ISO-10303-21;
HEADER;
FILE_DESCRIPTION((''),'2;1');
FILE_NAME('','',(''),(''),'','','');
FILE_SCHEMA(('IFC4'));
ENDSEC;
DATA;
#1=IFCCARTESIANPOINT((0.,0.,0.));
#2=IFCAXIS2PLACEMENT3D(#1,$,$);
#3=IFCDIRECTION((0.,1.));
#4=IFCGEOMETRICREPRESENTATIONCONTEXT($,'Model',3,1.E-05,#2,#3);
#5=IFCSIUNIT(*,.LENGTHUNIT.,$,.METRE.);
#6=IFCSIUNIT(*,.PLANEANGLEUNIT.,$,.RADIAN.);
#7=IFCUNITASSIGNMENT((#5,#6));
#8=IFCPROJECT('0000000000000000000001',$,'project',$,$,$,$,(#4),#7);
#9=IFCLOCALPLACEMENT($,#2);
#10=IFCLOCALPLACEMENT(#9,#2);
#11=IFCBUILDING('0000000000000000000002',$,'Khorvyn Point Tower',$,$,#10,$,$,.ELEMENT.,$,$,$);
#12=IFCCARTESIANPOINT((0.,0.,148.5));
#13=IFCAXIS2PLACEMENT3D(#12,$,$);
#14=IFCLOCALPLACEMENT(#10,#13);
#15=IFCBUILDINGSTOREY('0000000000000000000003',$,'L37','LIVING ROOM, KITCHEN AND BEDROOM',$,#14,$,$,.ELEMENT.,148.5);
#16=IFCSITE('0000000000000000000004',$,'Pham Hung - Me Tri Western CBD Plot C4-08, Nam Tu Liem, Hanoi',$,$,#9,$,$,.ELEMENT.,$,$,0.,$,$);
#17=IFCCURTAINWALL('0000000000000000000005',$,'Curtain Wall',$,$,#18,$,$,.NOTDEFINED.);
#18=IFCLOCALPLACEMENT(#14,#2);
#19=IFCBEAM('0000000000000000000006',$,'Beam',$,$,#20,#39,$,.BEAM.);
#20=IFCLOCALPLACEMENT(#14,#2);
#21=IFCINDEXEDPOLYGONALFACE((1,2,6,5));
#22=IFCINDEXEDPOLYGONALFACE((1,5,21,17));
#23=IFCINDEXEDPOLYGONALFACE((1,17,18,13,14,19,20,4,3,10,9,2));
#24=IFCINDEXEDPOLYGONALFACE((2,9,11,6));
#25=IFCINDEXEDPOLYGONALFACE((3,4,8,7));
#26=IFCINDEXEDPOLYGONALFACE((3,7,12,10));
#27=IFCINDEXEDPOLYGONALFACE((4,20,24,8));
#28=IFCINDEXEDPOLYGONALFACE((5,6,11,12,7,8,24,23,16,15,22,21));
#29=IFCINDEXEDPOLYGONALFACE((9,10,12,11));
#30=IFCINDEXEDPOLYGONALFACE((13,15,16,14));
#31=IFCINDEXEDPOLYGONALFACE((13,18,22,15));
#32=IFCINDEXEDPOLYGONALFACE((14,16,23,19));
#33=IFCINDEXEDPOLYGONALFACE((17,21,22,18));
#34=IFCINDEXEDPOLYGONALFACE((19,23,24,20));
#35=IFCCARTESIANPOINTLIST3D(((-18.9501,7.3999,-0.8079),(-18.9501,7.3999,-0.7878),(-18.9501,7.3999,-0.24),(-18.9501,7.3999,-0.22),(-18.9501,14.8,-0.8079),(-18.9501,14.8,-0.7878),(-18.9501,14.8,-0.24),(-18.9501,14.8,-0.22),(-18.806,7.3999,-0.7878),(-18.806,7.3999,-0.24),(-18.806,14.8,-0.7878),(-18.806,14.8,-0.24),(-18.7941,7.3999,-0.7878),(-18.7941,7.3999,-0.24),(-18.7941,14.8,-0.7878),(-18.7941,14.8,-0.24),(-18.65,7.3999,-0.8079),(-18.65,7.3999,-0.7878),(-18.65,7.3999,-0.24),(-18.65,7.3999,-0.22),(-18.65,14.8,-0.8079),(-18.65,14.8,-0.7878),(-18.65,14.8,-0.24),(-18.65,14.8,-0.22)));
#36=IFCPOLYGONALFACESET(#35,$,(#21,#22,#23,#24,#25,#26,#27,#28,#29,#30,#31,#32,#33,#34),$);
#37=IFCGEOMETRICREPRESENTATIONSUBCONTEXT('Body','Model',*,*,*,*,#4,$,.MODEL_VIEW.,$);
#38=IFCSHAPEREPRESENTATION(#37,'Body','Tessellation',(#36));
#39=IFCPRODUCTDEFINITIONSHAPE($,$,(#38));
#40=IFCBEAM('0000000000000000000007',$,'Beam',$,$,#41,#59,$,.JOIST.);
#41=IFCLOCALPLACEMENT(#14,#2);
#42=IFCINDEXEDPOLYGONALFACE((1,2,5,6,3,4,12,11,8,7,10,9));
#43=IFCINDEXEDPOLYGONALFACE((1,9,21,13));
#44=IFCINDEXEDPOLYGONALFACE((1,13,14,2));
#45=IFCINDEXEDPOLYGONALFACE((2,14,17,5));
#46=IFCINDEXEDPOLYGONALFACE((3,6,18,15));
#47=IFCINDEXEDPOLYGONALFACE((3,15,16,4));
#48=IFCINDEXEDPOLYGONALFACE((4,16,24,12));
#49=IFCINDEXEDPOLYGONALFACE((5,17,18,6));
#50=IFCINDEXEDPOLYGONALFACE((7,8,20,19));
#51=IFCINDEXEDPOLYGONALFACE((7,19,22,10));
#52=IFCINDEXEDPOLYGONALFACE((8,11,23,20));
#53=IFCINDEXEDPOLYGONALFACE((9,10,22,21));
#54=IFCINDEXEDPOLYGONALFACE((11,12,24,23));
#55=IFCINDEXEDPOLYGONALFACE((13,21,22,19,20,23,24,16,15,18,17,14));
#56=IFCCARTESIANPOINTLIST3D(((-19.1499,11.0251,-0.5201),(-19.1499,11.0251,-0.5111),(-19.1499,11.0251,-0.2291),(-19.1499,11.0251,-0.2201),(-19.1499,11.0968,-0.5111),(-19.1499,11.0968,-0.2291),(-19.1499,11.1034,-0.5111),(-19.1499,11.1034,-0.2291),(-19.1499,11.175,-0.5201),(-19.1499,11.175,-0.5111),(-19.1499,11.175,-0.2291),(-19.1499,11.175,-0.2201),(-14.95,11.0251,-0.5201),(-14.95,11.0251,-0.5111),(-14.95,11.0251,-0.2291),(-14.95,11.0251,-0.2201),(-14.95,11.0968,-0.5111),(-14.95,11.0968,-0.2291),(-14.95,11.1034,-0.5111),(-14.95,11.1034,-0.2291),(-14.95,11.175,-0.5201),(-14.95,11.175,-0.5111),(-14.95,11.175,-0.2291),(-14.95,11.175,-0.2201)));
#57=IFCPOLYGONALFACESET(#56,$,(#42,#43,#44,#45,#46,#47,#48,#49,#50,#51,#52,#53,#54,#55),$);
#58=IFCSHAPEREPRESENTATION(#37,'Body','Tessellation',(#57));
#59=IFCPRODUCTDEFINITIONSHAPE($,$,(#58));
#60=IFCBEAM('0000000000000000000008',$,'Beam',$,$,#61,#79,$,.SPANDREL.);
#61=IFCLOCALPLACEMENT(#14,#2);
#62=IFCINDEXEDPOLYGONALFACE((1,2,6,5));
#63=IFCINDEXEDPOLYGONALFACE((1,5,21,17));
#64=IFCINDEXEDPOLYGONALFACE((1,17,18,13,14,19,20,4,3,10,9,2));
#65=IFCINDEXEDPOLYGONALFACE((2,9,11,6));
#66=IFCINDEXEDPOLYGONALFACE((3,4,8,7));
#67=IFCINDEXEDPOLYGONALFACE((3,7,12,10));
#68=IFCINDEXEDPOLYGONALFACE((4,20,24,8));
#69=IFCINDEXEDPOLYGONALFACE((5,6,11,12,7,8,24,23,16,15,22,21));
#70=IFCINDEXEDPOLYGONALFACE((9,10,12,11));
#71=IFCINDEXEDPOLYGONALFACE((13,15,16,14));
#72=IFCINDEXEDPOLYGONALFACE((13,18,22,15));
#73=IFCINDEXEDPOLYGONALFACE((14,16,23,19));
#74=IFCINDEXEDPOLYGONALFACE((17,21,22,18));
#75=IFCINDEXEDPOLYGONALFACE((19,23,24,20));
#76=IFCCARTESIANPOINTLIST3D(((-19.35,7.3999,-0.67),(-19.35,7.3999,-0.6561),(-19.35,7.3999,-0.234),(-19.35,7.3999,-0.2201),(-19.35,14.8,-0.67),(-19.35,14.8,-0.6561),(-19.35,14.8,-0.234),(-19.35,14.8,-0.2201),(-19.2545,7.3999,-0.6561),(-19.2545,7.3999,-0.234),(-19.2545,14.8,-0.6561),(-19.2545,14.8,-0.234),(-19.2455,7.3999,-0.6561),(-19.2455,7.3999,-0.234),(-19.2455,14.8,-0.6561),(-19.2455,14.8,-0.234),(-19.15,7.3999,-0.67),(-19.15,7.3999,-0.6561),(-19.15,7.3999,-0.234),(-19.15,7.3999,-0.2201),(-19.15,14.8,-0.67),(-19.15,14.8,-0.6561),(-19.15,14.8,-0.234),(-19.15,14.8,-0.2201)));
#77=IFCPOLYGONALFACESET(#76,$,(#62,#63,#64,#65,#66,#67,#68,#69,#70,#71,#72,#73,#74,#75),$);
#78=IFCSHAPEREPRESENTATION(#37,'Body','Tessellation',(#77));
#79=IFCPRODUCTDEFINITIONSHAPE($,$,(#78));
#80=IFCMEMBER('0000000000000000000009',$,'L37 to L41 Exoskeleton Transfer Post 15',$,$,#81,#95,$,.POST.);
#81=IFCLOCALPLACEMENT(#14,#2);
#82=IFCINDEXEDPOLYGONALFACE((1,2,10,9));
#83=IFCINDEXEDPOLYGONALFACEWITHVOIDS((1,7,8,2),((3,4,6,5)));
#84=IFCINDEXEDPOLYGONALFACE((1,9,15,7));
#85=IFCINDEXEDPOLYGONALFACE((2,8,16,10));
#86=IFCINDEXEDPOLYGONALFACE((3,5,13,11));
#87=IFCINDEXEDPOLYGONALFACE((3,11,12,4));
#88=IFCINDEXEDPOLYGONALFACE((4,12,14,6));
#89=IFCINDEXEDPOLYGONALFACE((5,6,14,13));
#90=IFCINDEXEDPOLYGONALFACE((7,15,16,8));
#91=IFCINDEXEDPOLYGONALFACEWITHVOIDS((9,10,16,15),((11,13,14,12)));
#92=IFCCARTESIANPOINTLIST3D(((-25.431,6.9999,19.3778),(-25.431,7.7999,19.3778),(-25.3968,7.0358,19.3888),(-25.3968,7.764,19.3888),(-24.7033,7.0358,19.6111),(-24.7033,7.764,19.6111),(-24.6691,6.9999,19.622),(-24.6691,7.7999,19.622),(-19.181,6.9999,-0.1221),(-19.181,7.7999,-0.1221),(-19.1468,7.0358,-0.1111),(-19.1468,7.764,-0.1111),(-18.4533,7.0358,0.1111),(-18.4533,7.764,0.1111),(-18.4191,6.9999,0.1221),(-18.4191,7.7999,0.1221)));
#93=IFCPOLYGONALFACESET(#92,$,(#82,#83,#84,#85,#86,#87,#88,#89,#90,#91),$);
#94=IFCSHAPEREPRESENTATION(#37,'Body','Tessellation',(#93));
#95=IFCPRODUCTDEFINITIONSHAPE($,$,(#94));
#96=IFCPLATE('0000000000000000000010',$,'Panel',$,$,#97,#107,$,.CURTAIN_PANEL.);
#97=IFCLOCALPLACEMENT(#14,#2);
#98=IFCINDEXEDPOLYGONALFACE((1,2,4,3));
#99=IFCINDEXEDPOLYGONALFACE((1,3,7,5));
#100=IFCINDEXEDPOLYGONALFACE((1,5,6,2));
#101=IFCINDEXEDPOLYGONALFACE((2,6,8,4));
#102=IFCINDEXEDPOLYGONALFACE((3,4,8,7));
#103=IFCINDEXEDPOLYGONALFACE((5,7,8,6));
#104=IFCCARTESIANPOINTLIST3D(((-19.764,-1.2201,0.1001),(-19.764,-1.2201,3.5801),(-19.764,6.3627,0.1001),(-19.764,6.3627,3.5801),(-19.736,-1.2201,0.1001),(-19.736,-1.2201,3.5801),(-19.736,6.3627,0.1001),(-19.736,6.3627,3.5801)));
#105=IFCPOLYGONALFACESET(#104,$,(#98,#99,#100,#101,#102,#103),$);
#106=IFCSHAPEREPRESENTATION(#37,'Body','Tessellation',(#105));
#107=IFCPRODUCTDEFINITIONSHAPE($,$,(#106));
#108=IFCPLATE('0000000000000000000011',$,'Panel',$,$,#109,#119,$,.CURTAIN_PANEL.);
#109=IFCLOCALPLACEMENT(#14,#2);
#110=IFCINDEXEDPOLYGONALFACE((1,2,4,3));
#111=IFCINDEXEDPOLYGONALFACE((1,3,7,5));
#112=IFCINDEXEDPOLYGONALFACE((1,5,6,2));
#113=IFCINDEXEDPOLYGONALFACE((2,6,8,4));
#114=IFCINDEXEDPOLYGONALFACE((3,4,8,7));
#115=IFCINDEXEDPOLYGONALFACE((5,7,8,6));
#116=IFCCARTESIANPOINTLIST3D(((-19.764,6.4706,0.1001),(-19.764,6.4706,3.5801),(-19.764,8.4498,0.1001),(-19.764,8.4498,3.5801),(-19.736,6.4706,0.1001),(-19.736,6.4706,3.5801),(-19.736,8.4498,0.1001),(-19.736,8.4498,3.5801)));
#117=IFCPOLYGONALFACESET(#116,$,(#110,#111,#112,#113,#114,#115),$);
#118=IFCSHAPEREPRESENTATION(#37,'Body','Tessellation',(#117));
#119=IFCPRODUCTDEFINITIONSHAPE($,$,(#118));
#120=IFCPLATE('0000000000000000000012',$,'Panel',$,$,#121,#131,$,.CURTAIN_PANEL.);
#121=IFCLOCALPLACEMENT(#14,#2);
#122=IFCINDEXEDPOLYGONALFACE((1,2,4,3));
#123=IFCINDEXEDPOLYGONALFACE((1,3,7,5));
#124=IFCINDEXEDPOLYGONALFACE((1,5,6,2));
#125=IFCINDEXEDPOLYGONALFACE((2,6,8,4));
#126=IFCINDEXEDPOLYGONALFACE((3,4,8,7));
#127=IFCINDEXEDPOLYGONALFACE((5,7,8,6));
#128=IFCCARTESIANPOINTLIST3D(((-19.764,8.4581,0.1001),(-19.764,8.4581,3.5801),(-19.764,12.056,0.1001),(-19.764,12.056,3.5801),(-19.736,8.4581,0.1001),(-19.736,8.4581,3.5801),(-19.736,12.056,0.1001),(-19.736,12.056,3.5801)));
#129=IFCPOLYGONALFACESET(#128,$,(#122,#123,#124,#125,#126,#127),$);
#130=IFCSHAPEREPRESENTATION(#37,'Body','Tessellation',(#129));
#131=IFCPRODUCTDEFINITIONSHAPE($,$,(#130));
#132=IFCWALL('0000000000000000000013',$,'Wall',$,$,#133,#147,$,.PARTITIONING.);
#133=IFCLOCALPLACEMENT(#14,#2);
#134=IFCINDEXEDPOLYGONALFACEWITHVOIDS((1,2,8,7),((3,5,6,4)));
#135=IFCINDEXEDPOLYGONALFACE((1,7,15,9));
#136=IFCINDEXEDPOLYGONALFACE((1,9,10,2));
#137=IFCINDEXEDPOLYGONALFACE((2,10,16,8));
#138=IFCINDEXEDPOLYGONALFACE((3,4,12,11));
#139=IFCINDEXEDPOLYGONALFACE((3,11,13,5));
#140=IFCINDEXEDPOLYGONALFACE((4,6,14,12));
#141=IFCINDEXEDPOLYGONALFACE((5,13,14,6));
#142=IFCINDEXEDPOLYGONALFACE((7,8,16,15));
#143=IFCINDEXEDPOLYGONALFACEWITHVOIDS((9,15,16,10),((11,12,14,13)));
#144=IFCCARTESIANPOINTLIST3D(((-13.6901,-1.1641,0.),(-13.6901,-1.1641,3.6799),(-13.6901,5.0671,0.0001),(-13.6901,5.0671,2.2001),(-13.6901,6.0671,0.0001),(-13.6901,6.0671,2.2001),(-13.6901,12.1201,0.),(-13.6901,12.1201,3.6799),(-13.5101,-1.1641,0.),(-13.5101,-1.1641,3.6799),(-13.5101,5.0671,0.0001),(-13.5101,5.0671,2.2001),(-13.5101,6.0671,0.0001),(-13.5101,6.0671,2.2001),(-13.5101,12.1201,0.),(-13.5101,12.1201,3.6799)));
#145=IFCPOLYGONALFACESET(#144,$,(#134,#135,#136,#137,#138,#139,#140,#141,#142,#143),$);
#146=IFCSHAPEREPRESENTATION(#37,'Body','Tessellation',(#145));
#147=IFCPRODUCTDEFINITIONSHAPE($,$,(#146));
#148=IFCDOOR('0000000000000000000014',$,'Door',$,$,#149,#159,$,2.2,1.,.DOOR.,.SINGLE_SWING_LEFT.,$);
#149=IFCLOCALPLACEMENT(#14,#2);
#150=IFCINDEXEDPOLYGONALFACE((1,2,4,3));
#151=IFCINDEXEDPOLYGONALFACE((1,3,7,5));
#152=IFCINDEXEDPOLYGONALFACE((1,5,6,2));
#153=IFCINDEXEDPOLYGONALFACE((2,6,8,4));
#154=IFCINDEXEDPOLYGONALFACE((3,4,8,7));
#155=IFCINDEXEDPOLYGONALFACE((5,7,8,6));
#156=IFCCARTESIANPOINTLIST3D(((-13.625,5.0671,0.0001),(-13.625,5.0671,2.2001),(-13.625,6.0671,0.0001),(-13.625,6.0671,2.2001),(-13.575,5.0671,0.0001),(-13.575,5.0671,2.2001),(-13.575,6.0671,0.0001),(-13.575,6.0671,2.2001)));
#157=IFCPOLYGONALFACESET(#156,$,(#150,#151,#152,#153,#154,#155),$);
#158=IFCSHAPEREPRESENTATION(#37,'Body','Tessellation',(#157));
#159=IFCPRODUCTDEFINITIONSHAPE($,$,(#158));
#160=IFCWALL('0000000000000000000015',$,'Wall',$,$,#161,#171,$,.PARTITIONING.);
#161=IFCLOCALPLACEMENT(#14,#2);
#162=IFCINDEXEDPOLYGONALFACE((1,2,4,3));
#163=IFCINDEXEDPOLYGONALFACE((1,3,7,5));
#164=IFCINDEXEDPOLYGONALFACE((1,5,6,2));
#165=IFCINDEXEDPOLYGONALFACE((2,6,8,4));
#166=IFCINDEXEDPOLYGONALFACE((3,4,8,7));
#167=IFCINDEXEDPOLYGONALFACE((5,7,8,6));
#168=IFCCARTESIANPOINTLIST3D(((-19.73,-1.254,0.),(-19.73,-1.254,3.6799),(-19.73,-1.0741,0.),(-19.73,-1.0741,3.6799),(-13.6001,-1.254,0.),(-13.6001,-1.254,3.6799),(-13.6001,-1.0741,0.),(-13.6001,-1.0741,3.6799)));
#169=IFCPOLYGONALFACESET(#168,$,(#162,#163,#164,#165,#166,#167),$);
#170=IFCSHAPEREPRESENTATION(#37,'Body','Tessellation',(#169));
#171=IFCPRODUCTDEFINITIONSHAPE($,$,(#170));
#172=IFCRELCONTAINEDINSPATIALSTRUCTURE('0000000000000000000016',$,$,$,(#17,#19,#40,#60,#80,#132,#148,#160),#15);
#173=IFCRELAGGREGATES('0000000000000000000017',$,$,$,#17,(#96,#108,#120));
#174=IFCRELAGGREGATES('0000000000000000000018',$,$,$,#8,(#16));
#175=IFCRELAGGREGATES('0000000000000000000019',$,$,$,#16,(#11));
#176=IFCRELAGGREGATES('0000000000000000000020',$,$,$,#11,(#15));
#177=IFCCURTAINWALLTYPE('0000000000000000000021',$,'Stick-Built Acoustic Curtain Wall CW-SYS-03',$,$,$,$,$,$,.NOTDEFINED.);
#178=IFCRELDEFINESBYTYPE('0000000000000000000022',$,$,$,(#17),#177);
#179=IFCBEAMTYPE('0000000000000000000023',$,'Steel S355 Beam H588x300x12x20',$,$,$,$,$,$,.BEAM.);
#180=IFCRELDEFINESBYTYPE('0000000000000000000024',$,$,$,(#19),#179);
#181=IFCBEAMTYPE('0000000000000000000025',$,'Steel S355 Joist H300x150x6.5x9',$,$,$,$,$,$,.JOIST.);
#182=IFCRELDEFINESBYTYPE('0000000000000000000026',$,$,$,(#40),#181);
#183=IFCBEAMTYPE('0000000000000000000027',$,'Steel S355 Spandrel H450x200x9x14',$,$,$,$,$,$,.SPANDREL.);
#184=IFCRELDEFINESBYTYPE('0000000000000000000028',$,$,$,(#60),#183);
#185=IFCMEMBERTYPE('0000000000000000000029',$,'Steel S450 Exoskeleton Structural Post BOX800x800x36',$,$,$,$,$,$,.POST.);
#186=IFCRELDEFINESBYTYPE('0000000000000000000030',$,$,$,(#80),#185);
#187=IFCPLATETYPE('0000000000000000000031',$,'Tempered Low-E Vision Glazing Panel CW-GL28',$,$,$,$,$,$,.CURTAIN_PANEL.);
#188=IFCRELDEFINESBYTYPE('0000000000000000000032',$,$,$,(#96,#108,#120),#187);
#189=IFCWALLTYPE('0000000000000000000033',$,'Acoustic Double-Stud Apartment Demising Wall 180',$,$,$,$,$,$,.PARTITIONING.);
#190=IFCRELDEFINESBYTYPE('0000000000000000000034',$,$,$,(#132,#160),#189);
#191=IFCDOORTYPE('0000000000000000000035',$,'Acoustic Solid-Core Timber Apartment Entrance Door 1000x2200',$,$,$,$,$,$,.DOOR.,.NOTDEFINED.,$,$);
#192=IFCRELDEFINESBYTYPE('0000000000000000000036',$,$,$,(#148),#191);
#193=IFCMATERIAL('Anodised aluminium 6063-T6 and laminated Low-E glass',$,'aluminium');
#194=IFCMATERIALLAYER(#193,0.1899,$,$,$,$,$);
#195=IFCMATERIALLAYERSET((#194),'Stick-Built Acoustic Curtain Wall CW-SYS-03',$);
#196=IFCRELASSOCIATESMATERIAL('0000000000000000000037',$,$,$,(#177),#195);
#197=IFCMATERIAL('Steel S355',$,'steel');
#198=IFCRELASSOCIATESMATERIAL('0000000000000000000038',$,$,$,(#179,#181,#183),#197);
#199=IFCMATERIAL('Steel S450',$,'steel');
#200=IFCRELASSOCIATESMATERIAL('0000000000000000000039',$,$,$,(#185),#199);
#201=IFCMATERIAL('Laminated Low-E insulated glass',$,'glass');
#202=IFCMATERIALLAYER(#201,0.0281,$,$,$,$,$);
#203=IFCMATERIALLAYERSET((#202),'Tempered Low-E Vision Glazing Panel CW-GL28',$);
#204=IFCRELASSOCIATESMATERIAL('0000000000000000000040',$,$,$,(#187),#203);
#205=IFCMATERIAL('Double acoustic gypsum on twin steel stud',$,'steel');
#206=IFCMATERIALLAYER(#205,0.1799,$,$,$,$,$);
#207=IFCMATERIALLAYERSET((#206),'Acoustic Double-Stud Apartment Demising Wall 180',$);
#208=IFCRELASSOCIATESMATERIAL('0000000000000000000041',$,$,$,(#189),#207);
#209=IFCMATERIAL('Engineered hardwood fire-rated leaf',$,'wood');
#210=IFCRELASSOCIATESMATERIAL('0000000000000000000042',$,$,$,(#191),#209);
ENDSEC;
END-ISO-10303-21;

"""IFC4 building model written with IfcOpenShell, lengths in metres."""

from ifc_helpers import new_model, si_unit, direction, frame, frame_2d, origin, origin_2d, place, context, subcontext, project, spatial, rectangle, hollow_rectangle, i_section, extrude, material, layer, layer_set, material_profile, profile_set, type_object, element, fill, aggregate, save


model = new_model("IFC4")

# Units and contexts
model_context = context("Model", 3, precision=1e-05, world=origin(), true_north=direction((0.0, 1.0)))
body_context = subcontext(model_context, "Body", "Model", "MODEL_VIEW")
ifc_project = project(units=[si_unit("LENGTHUNIT", "METRE"), si_unit("PLANEANGLEUNIT", "RADIAN")], contexts=[model_context])

# Site, building, storey
site_placement = place(None, origin())
site = spatial("IfcSite", under=ifc_project, at=site_placement, Name="Pham Hung - Me Tri Western CBD Plot C4-08, Nam Tu Liem, Hanoi", CompositionType="ELEMENT", RefElevation=0.0)
building_placement = place(site_placement, origin())
building = spatial("IfcBuilding", under=site, at=building_placement, Name="Khorvyn Point Tower", CompositionType="ELEMENT")
storey_placement = place(building_placement, frame((0.0, 0.0, 148.5)))
storey = spatial("IfcBuildingStorey", under=building, at=storey_placement, Name="L37", Description="LIVING ROOM, KITCHEN AND BEDROOM", CompositionType="ELEMENT", Elevation=148.5)

# Curtain wall
ifc_material_1 = material(Name="Anodised aluminium 6063-T6 and laminated Low-E glass", Category="aluminium")
ifc_layer_1 = layer(ifc_material_1, 0.1899)
ifc_layer_set_1 = layer_set([ifc_layer_1], Name="Stick-Built Acoustic Curtain Wall CW-SYS-03")
curtain_wall_type = type_object("IfcCurtainWallType", Name="Stick-Built Acoustic Curtain Wall CW-SYS-03", PredefinedType="NOTDEFINED", material=ifc_layer_set_1)
curtain_wall_placement = place(storey_placement, origin())
curtain_wall = element("IfcCurtainWall", 1, at=curtain_wall_placement, inside=storey, type_object=curtain_wall_type, Name="Curtain Wall", PredefinedType="NOTDEFINED")

# Beams
ifc_material_2 = material(Name="Steel S355", Category="steel")
ifc_material_profile_1 = material_profile(ifc_material_2, i_section(OverallWidth=0.3, OverallDepth=0.5879, WebThickness=0.012, FlangeThickness=0.02, at=origin_2d()))
ifc_profile_set_1 = profile_set([ifc_material_profile_1], Name="Steel S355 H588x300x12x20")
beam_type_1 = type_object("IfcBeamType", Name="Steel S355 Beam H588x300x12x20", PredefinedType="BEAM", material=ifc_profile_set_1)
for number, where, z_axis, x_axis, name in (
    (2, (-18.8, 7.3999, -0.5139), (0.0, 1.0, 0.0), (-1.0, 0.0, 0.0), "Beam"),
):
    element("IfcBeam", number, at=place(storey_placement, frame(where, z_axis=z_axis, x_axis=x_axis)), inside=storey, type_object=beam_type_1, Name=name, PredefinedType="BEAM", context=body_context, shape_type="SweptSolid", body=[
        extrude(i_section(OverallWidth=0.3, OverallDepth=0.5879, WebThickness=0.012, FlangeThickness=0.02, at=origin_2d()), origin(), (0.0, 0.0, 1.0), 7.4001),
    ])
ifc_material_profile_2 = material_profile(ifc_material_2, i_section(OverallWidth=0.1499, OverallDepth=0.3, WebThickness=0.0066, FlangeThickness=0.009, at=origin_2d()))
ifc_profile_set_2 = profile_set([ifc_material_profile_2], Name="Steel S355 H300x150x6.5x9")
beam_type_2 = type_object("IfcBeamType", Name="Steel S355 Joist H300x150x6.5x9", PredefinedType="JOIST", material=ifc_profile_set_2)
beam_1_placement = place(storey_placement, frame((-19.1499, 11.1001, -0.3701), z_axis=(1.0, 0.0, 0.0), x_axis=(0.0, 1.0, 0.0)))
element("IfcBeam", 3, at=beam_1_placement, inside=storey, type_object=beam_type_2, Name="Beam", PredefinedType="JOIST", context=body_context, shape_type="SweptSolid", body=[
    extrude(i_section(OverallWidth=0.1499, OverallDepth=0.3, WebThickness=0.0066, FlangeThickness=0.009, at=origin_2d()), origin(), (0.0, 0.0, 1.0), 4.2),
])
ifc_material_profile_3 = material_profile(ifc_material_2, i_section(OverallWidth=0.2, OverallDepth=0.45, WebThickness=0.009, FlangeThickness=0.0139, at=origin_2d()))
ifc_profile_set_3 = profile_set([ifc_material_profile_3], Name="Steel S355 H450x200x9x14")
beam_type_3 = type_object("IfcBeamType", Name="Steel S355 Spandrel H450x200x9x14", PredefinedType="SPANDREL", material=ifc_profile_set_3)
beam_2_placement = place(storey_placement, frame((-19.25, 7.3999, -0.4451), z_axis=(0.0, 1.0, 0.0), x_axis=(-1.0, 0.0, 0.0)))
element("IfcBeam", 4, at=beam_2_placement, inside=storey, type_object=beam_type_3, Name="Beam", PredefinedType="SPANDREL", context=body_context, shape_type="SweptSolid", body=[
    extrude(i_section(OverallWidth=0.2, OverallDepth=0.45, WebThickness=0.009, FlangeThickness=0.0139, at=origin_2d()), origin(), (0.0, 0.0, 1.0), 7.4001),
])

# Member
ifc_material_3 = material(Name="Steel S450", Category="steel")
ifc_material_profile_4 = material_profile(ifc_material_3, hollow_rectangle(XDim=0.8, YDim=0.8, WallThickness=0.0359, at=origin_2d()))
ifc_profile_set_4 = profile_set([ifc_material_profile_4], Name="Steel S450 BOX800x800x36")
member_type_1 = type_object("IfcMemberType", Name="Steel S450 Exoskeleton Structural Post BOX800x800x36", PredefinedType="POST", material=ifc_profile_set_4)
member_1_placement = place(storey_placement, frame((-18.8, 7.3999, 0.0), z_axis=(-0.305219, 0.0, 0.952282), x_axis=(0.0, -1.0, 0.0)))
element("IfcMember", 5, at=member_1_placement, inside=storey, type_object=member_type_1, Name="L37 to L41 Exoskeleton Transfer Post 15", PredefinedType="POST", context=body_context, shape_type="SweptSolid", body=[
    extrude(hollow_rectangle(XDim=0.8, YDim=0.8, WallThickness=0.0359, at=origin_2d()), origin(), (0.0, 0.0, 1.0), 20.4771),
])

# Plates
ifc_material_4 = material(Name="Laminated Low-E insulated glass", Category="glass")
ifc_layer_2 = layer(ifc_material_4, 0.0281)
ifc_layer_set_2 = layer_set([ifc_layer_2], Name="Tempered Low-E Vision Glazing Panel CW-GL28")
plate_type = type_object("IfcPlateType", Name="Tempered Low-E Vision Glazing Panel CW-GL28", PredefinedType="CURTAIN_PANEL", material=ifc_layer_set_2)
plate_1_placement = place(storey_placement, frame((-19.75, 2.5713, 0.1001), z_axis=(0.0, 0.0, 1.0), x_axis=(0.0, 1.0, 0.0)))
plate_1 = element("IfcPlate", 6, at=plate_1_placement, type_object=plate_type, Name="Panel", PredefinedType="CURTAIN_PANEL", context=body_context, shape_type="SweptSolid", body=[
    extrude(rectangle(XDim=7.5828, YDim=0.0281, at=origin_2d()), origin(), (0.0, 0.0, 1.0), 3.48),
])
plate_2_placement = place(storey_placement, frame((-19.75, 7.4602, 0.1001), z_axis=(0.0, 0.0, 1.0), x_axis=(0.0, 1.0, 0.0)))
plate_2 = element("IfcPlate", 7, at=plate_2_placement, type_object=plate_type, Name="Panel", PredefinedType="CURTAIN_PANEL", context=body_context, shape_type="SweptSolid", body=[
    extrude(rectangle(XDim=1.9792, YDim=0.0281, at=origin_2d()), origin(), (0.0, 0.0, 1.0), 3.48),
])
plate_3_placement = place(storey_placement, frame((-19.75, 10.2571, 0.1001), z_axis=(0.0, 0.0, 1.0), x_axis=(0.0, 1.0, 0.0)))
plate_3 = element("IfcPlate", 8, at=plate_3_placement, type_object=plate_type, Name="Panel", PredefinedType="CURTAIN_PANEL", context=body_context, shape_type="SweptSolid", body=[
    extrude(rectangle(XDim=3.5979, YDim=0.0281, at=origin_2d()), origin(), (0.0, 0.0, 1.0), 3.48),
])
aggregate(curtain_wall, [plate_1, plate_2, plate_3])

# Wall, opening, door
ifc_material_5 = material(Name="Double acoustic gypsum on twin steel stud", Category="steel")
ifc_layer_3 = layer(ifc_material_5, 0.1799)
ifc_layer_set_3 = layer_set([ifc_layer_3], Name="Acoustic Double-Stud Apartment Demising Wall 180")
wall_type_1 = type_object("IfcWallType", Name="Acoustic Double-Stud Apartment Demising Wall 180", PredefinedType="PARTITIONING", material=ifc_layer_set_3)
wall_1_placement = place(storey_placement, frame((-13.6001, -1.1641, 0.0), z_axis=(0.0, 0.0, 1.0), x_axis=(0.0, 1.0, 0.0)))
wall_1 = element("IfcWall", 9, at=wall_1_placement, inside=storey, type_object=wall_type_1, Name="Wall", PredefinedType="PARTITIONING", context=body_context, shape_type="SweptSolid", body=[
    extrude(rectangle(XDim=13.2842, YDim=0.1799, at=frame_2d((6.6421, 0.0))), origin(), (0.0, 0.0, 1.0), 3.6799),
])
opening_1_placement = place(wall_1_placement, frame((6.2312, 0.0, 0.0)))
opening_1 = element("IfcOpeningElement", 10, at=opening_1_placement, cuts=wall_1, PredefinedType="OPENING", context=body_context, shape_type="SweptSolid", body=[
    extrude(rectangle(XDim=1.0, YDim=2.2, at=frame_2d((0.5, 1.1001))), frame((0.0, 0.0999, 0.0), z_axis=(0.0, -1.0, 0.0), x_axis=(1.0, 0.0, 0.0)), (0.0, 0.0, 1.0), 0.2),
])
ifc_material_6 = material(Name="Engineered hardwood fire-rated leaf", Category="wood")
door_type_1 = type_object("IfcDoorType", Name="Acoustic Solid-Core Timber Apartment Entrance Door 1000x2200", OperationType="NOTDEFINED", PredefinedType="DOOR", material=ifc_material_6)
door_1_placement = place(opening_1_placement, origin())
door_1 = element("IfcDoor", 11, at=door_1_placement, inside=storey, type_object=door_type_1, Name="Door", OperationType="SINGLE_SWING_LEFT", OverallHeight=2.2, OverallWidth=1.0, PredefinedType="DOOR", context=body_context, shape_type="SweptSolid", body=[
    extrude(rectangle(XDim=1.0, YDim=2.2, at=frame_2d((0.5, 1.1001))), frame((0.0, 0.0249, 0.0), z_axis=(0.0, -1.0, 0.0), x_axis=(1.0, 0.0, 0.0)), (0.0, 0.0, 1.0), 0.05),
])
fill(opening_1, door_1)

# Wall
wall_2_placement = place(storey_placement, frame((-19.73, -1.1641, 0.0), z_axis=(0.0, 0.0, 1.0), x_axis=(1.0, 0.0, 0.0)))
element("IfcWall", 12, at=wall_2_placement, inside=storey, type_object=wall_type_1, Name="Wall", PredefinedType="PARTITIONING", context=body_context, shape_type="SweptSolid", body=[
    extrude(rectangle(XDim=6.1299, YDim=0.1799, at=frame_2d((3.0649, 0.0))), origin(), (0.0, 0.0, 1.0), 3.6799),
])

save(model, "model.ifc")
